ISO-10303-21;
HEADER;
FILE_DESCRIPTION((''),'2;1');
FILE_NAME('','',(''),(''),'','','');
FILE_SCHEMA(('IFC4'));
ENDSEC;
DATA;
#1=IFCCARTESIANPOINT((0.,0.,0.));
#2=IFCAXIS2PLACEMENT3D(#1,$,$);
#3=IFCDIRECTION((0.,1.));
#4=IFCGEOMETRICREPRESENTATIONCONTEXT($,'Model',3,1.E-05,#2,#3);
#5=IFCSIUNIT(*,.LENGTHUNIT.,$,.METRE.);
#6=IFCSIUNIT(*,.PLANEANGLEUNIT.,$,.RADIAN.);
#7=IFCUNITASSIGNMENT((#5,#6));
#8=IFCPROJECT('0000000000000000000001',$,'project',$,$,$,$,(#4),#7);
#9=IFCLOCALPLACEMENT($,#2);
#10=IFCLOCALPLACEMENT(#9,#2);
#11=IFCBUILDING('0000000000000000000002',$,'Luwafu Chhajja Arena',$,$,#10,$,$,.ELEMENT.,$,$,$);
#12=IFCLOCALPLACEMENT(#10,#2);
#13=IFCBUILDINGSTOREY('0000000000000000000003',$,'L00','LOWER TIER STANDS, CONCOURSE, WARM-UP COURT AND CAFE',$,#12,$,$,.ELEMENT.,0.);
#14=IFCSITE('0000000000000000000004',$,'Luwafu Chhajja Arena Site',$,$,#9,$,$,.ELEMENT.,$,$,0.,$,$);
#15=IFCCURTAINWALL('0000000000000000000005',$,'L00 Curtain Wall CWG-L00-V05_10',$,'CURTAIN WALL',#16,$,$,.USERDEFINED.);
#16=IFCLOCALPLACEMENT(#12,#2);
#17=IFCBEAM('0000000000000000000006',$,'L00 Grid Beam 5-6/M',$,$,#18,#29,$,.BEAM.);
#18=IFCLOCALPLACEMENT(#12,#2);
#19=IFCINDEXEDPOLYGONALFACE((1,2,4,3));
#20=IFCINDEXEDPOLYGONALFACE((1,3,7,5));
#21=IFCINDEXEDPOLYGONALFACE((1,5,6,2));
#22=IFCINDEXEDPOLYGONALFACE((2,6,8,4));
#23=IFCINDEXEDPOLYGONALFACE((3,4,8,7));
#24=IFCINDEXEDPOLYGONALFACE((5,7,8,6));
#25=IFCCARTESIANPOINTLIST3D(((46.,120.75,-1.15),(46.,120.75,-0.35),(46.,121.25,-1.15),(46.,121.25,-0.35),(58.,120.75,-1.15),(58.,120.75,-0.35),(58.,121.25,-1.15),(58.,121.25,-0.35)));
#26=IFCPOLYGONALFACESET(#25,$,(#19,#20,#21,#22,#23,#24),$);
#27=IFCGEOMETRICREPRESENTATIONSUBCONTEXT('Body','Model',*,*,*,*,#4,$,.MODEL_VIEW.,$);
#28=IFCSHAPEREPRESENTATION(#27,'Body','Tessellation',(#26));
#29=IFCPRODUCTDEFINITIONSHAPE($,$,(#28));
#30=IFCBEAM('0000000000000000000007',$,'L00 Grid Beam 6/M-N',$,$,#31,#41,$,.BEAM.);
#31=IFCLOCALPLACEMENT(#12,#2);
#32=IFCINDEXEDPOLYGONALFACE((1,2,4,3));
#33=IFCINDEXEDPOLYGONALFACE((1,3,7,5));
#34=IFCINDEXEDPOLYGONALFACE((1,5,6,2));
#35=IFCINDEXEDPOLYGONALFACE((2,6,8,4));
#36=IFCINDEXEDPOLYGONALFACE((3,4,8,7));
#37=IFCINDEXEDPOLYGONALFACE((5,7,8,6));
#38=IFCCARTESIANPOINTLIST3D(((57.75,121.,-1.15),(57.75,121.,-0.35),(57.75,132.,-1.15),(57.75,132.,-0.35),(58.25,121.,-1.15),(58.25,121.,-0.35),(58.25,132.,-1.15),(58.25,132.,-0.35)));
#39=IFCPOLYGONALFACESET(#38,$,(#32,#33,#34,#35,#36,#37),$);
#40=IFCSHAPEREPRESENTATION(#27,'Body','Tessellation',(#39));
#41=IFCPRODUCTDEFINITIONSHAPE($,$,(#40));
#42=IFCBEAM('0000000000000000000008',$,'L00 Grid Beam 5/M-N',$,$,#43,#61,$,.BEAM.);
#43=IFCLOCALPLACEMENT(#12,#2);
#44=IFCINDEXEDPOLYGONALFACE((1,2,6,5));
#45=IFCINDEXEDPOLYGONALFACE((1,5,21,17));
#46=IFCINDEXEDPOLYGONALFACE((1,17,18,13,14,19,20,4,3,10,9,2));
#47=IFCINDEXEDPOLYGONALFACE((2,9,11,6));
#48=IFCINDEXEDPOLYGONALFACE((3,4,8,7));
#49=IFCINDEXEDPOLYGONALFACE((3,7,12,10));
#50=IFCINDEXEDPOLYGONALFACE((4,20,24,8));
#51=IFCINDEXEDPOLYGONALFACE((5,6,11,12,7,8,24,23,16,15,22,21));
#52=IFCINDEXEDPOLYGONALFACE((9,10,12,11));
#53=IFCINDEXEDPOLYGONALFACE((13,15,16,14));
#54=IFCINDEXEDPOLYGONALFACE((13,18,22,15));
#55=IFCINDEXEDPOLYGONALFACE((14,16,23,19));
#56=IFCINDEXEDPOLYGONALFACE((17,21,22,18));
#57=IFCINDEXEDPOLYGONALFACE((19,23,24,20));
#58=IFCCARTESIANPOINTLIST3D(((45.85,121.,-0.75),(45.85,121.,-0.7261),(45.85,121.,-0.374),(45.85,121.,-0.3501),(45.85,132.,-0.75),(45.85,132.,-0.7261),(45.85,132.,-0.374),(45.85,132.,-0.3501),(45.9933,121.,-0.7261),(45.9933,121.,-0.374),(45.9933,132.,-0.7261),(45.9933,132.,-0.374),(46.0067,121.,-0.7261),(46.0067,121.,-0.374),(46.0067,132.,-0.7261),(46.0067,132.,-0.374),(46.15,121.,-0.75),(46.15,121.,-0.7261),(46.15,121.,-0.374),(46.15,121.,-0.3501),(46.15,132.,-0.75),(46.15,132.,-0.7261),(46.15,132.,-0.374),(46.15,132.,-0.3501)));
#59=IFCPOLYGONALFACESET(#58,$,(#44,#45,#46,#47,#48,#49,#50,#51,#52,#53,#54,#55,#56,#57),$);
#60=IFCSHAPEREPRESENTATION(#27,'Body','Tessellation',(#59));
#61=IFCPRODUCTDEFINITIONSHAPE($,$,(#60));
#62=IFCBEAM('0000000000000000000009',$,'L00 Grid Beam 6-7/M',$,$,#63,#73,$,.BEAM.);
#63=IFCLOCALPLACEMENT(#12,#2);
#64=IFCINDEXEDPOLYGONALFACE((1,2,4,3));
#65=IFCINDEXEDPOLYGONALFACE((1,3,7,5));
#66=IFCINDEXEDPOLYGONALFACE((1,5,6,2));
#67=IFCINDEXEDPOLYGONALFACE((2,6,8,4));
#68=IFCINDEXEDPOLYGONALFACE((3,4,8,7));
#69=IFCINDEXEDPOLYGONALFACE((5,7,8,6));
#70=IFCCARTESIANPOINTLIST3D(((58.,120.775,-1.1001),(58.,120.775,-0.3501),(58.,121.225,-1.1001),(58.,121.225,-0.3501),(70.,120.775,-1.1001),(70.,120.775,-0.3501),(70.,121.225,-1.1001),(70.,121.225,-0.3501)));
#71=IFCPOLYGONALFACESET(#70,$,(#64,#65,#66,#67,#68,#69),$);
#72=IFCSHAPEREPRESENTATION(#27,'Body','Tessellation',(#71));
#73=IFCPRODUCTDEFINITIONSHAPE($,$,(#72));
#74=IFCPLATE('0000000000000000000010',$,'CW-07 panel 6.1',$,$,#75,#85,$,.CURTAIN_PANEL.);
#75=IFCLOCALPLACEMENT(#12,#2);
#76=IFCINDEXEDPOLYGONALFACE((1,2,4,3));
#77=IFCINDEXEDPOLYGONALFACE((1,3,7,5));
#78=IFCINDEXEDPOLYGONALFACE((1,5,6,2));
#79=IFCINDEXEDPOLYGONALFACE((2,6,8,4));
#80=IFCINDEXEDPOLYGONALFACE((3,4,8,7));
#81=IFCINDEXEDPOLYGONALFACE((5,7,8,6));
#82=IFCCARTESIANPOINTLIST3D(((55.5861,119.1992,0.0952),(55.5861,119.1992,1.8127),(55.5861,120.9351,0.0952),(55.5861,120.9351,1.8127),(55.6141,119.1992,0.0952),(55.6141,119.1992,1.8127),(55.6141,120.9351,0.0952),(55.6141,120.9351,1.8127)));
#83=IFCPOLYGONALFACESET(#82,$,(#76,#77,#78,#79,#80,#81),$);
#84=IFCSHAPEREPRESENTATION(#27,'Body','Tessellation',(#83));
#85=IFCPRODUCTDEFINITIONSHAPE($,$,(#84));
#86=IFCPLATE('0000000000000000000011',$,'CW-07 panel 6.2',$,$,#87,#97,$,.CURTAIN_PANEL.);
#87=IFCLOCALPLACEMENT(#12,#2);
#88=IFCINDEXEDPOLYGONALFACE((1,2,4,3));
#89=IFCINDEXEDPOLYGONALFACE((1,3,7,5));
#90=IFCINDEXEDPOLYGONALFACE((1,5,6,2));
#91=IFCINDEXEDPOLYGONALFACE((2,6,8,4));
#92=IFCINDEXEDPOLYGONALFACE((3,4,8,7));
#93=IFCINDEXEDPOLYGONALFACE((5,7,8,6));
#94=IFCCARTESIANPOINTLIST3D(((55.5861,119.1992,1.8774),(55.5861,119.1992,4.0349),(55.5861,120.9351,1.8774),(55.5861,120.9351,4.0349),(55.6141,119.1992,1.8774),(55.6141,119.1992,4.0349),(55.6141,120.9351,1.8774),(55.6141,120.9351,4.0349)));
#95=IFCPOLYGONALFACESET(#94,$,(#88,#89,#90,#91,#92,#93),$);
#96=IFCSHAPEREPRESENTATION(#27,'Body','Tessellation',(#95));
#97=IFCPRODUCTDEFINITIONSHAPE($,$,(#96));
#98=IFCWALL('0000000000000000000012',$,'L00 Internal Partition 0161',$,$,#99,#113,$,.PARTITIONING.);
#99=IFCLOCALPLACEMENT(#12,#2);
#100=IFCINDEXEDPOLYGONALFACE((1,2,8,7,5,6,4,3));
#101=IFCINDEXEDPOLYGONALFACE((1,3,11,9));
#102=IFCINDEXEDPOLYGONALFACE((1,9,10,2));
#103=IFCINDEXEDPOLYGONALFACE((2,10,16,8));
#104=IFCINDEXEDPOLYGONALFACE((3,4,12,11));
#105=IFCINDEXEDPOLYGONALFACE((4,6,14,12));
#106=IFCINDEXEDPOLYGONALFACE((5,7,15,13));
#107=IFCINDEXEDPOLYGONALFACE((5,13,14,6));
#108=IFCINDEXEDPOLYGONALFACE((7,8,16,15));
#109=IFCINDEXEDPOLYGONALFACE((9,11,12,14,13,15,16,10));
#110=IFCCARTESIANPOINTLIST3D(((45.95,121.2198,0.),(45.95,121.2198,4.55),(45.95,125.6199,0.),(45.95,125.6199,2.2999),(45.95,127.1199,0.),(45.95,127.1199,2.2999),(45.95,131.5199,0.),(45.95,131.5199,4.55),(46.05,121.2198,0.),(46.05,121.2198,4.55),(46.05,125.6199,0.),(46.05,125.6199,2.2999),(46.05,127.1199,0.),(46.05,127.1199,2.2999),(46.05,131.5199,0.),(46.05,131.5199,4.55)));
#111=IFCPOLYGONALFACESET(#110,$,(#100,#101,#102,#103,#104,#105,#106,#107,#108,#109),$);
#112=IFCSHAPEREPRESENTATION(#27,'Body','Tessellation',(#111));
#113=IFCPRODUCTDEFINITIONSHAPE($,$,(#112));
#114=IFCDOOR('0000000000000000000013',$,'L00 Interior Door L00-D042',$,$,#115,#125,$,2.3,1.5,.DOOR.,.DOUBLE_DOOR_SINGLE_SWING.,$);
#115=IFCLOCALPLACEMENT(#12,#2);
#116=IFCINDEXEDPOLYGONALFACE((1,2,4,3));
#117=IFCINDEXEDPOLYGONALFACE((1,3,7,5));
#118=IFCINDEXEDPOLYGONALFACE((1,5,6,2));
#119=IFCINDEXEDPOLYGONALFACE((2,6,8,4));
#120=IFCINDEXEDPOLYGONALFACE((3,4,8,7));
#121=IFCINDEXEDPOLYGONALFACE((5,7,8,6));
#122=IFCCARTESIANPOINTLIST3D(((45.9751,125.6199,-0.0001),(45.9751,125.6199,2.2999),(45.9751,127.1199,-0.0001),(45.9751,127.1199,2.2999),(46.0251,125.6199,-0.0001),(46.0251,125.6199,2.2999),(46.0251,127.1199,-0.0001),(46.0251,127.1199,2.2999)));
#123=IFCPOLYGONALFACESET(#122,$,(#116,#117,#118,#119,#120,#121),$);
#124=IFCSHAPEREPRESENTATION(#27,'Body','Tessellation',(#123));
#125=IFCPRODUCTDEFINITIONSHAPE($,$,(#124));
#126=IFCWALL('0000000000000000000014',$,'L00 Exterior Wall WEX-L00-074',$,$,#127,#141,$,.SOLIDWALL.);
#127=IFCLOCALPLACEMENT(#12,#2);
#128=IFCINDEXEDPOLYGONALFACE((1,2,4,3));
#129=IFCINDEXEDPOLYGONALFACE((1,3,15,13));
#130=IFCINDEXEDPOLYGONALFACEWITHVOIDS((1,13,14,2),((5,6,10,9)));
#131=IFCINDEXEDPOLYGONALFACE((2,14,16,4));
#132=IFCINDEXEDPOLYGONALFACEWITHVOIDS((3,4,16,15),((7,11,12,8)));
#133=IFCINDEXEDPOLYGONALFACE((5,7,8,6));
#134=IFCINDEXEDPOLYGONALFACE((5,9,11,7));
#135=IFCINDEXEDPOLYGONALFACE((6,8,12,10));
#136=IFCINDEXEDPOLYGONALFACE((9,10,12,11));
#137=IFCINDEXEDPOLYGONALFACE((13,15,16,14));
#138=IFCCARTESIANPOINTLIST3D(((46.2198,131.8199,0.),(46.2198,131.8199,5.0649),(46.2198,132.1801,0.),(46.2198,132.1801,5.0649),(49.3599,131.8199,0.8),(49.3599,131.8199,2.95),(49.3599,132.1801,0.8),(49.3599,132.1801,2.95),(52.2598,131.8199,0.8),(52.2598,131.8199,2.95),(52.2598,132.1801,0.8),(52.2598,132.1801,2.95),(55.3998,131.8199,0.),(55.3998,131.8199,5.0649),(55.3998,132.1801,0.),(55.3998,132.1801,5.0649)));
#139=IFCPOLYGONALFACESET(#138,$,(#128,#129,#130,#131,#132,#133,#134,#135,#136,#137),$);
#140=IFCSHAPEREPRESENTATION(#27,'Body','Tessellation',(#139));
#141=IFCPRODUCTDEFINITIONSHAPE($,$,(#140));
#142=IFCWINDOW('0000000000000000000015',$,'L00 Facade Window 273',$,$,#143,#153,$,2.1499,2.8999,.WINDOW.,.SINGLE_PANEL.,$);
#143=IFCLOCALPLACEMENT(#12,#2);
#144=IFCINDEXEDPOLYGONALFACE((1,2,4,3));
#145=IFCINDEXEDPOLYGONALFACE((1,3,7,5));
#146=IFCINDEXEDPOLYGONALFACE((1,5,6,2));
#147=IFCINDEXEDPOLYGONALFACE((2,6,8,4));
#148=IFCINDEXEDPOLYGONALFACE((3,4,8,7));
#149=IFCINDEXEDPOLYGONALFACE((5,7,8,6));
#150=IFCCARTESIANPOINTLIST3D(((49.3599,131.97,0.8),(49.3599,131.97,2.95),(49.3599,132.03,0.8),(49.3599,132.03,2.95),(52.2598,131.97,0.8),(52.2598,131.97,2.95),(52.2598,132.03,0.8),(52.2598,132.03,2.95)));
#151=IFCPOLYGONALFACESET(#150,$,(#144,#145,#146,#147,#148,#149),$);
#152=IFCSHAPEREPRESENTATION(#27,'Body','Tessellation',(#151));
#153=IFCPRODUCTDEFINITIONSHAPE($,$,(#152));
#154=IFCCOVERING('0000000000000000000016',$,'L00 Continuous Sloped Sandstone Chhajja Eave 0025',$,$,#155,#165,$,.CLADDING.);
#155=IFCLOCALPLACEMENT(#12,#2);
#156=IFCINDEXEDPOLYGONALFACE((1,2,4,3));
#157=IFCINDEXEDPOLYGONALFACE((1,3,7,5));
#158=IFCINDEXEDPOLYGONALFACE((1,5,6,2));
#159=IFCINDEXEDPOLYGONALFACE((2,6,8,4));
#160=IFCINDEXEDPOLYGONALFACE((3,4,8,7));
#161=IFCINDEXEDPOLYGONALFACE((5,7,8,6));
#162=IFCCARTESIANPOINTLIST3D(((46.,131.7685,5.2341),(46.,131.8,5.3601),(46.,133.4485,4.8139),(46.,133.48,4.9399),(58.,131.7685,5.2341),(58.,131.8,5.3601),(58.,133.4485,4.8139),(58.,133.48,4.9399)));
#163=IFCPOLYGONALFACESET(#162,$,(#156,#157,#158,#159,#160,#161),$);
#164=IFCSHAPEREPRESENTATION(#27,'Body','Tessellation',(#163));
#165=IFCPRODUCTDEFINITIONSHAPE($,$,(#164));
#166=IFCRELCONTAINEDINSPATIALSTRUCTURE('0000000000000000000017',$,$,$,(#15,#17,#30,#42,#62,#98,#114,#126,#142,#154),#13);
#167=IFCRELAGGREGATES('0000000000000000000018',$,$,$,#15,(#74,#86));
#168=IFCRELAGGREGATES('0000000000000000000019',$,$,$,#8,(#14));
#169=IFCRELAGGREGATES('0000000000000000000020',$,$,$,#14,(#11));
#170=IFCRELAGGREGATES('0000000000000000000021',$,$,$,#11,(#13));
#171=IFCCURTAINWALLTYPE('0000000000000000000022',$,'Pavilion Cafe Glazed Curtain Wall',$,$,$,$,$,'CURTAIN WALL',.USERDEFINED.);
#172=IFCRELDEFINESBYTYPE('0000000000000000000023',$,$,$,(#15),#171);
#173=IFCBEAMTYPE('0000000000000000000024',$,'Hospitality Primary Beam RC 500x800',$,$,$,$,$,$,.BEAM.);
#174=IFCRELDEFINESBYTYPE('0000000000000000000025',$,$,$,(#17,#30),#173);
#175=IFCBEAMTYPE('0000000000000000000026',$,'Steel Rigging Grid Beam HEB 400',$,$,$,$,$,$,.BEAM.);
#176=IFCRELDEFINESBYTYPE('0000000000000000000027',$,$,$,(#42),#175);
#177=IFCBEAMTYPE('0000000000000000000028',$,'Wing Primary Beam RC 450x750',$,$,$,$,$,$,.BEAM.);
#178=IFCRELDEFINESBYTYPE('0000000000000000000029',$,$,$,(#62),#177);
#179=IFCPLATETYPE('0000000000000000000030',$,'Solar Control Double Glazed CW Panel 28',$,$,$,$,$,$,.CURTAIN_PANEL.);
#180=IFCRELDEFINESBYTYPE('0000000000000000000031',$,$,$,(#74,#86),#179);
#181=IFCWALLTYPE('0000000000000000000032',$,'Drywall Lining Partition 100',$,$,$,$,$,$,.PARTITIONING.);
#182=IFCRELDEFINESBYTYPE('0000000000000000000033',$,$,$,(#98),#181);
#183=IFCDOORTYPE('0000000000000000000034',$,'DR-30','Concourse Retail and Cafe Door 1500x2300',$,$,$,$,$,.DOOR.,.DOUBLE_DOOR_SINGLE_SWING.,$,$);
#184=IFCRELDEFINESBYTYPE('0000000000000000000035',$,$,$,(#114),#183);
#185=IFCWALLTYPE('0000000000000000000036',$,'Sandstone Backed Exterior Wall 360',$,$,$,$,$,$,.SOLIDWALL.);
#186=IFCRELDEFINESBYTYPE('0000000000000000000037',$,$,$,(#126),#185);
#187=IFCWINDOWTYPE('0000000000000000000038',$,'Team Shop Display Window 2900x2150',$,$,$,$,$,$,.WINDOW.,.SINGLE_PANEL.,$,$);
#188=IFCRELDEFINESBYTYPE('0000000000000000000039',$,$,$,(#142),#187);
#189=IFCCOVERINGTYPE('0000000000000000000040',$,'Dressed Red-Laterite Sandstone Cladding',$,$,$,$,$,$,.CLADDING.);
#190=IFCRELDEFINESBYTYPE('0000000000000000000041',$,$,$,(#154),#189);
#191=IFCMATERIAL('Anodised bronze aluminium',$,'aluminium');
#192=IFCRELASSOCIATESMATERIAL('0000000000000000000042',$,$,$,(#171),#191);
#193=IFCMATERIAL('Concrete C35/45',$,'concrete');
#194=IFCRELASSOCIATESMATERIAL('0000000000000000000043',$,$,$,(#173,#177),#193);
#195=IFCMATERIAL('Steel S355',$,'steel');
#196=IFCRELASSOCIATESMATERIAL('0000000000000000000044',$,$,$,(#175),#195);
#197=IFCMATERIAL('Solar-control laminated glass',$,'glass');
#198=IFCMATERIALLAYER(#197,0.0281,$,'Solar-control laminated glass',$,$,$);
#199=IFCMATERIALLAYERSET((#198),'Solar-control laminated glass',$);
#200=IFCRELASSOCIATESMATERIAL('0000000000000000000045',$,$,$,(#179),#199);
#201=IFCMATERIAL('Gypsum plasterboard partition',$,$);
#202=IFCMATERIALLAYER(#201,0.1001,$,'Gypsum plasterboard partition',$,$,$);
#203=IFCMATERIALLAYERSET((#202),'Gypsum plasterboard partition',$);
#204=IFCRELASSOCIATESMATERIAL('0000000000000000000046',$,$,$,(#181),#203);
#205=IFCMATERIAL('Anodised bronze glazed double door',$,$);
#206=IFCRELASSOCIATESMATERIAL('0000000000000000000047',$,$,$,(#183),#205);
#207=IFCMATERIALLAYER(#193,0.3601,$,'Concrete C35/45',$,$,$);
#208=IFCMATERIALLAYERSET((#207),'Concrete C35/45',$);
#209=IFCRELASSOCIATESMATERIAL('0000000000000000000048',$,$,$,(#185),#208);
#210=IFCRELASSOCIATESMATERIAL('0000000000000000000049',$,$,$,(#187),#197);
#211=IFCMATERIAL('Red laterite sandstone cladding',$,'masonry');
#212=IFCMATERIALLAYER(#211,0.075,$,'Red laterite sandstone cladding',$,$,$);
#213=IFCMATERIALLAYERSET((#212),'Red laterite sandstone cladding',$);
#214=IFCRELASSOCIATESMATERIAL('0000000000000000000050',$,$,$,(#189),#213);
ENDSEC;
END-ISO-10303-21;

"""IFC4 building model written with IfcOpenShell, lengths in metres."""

from ifc_helpers import new_model, si_unit, direction, frame, frame_2d, origin, origin_2d, place, context, subcontext, project, spatial, polyline, rectangle, i_section, outline, extrude, material, layer, layer_set, material_profile, profile_set, type_object, element, fill, aggregate, save


model = new_model("IFC4")

# Units and contexts
model_context = context("Model", 3, precision=1e-05, world=origin(), true_north=direction((0.0, 1.0)))
body_context = subcontext(model_context, "Body", "Model", "MODEL_VIEW")
ifc_project = project(units=[si_unit("LENGTHUNIT", "METRE"), si_unit("PLANEANGLEUNIT", "RADIAN")], contexts=[model_context])

# Site, building, storey
site_placement = place(None, origin())
site = spatial("IfcSite", under=ifc_project, at=site_placement, Name="Luwafu Chhajja Arena Site", CompositionType="ELEMENT", RefElevation=0.0)
building_placement = place(site_placement, origin())
building = spatial("IfcBuilding", under=site, at=building_placement, Name="Luwafu Chhajja Arena", CompositionType="ELEMENT")
storey_placement = place(building_placement, origin())
storey = spatial("IfcBuildingStorey", under=building, at=storey_placement, Name="L00", Description="LOWER TIER STANDS, CONCOURSE, WARM-UP COURT AND CAFE", CompositionType="ELEMENT", Elevation=0.0)

# Curtain wall
ifc_material_1 = material(Name="Anodised bronze aluminium", Category="aluminium")
curtain_wall_type = type_object("IfcCurtainWallType", Name="Pavilion Cafe Glazed Curtain Wall", ElementType="CURTAIN WALL", PredefinedType="USERDEFINED", material=ifc_material_1)
curtain_wall_placement = place(storey_placement, origin())
curtain_wall = element("IfcCurtainWall", 1, at=curtain_wall_placement, inside=storey, type_object=curtain_wall_type, Name="L00 Curtain Wall CWG-L00-V05_10", ObjectType="CURTAIN WALL", PredefinedType="USERDEFINED")

# Beams
ifc_material_2 = material(Name="Steel S355", Category="steel")
ifc_material_3 = material(Name="Concrete C35/45", Category="concrete")
ifc_material_profile_1 = material_profile(ifc_material_3, rectangle(XDim=0.5, YDim=0.8, at=origin_2d()), Name="RC 500x800")
ifc_profile_set_1 = profile_set([ifc_material_profile_1], Name="Concrete C35/45")
beam_type_1 = type_object("IfcBeamType", Name="Hospitality Primary Beam RC 500x800", PredefinedType="BEAM", material=ifc_profile_set_1)
beam_1_placement = place(storey_placement, frame((46.0, 121.0, -0.75), z_axis=(1.0, 0.0, 0.0), x_axis=(0.0, 1.0, 0.0)))
element("IfcBeam", 2, at=beam_1_placement, inside=storey, type_object=beam_type_1, Name="L00 Grid Beam 5-6/M", PredefinedType="BEAM", context=body_context, shape_type="SweptSolid", body=[
    extrude(rectangle(XDim=0.5, YDim=0.8, at=origin_2d()), origin(), (0.0, 0.0, 1.0), 12.0),
])
beam_2_placement = place(storey_placement, frame((58.0, 121.0, -0.75), z_axis=(0.0, 1.0, 0.0), x_axis=(-1.0, 0.0, 0.0)))
element("IfcBeam", 3, at=beam_2_placement, inside=storey, type_object=beam_type_1, Name="L00 Grid Beam 6/M-N", PredefinedType="BEAM", context=body_context, shape_type="SweptSolid", body=[
    extrude(rectangle(XDim=0.5, YDim=0.8, at=origin_2d()), origin(), (0.0, 0.0, 1.0), 11.0),
])
ifc_material_profile_2 = material_profile(ifc_material_2, i_section(OverallWidth=0.3, OverallDepth=0.3999, WebThickness=0.0134, FlangeThickness=0.0239, at=origin_2d()), Name="HEB 400")
ifc_profile_set_2 = profile_set([ifc_material_profile_2], Name="Steel S355")
beam_type_2 = type_object("IfcBeamType", Name="Steel Rigging Grid Beam HEB 400", PredefinedType="BEAM", material=ifc_profile_set_2)
beam_3_placement = place(storey_placement, frame((46.0, 121.0, -0.55), z_axis=(0.0, 1.0, 0.0), x_axis=(-1.0, 0.0, 0.0)))
element("IfcBeam", 4, at=beam_3_placement, inside=storey, type_object=beam_type_2, Name="L00 Grid Beam 5/M-N", PredefinedType="BEAM", context=body_context, shape_type="SweptSolid", body=[
    extrude(i_section(OverallWidth=0.3, OverallDepth=0.3999, WebThickness=0.0134, FlangeThickness=0.0239, at=origin_2d()), origin(), (0.0, 0.0, 1.0), 11.0),
])
ifc_material_profile_3 = material_profile(ifc_material_3, rectangle(XDim=0.45, YDim=0.75, at=origin_2d()), Name="RC 450x750")
ifc_profile_set_3 = profile_set([ifc_material_profile_3], Name="Concrete C35/45")
beam_type_3 = type_object("IfcBeamType", Name="Wing Primary Beam RC 450x750", PredefinedType="BEAM", material=ifc_profile_set_3)
beam_4_placement = place(storey_placement, frame((58.0, 121.0, -0.7251), z_axis=(1.0, 0.0, 0.0), x_axis=(0.0, 1.0, 0.0)))
element("IfcBeam", 5, at=beam_4_placement, inside=storey, type_object=beam_type_3, Name="L00 Grid Beam 6-7/M", PredefinedType="BEAM", context=body_context, shape_type="SweptSolid", body=[
    extrude(rectangle(XDim=0.45, YDim=0.75, at=origin_2d()), origin(), (0.0, 0.0, 1.0), 12.0),
])

# Plates
ifc_material_4 = material(Name="Solar-control laminated glass", Category="glass")
ifc_layer_1 = layer(ifc_material_4, 0.0281, Name="Solar-control laminated glass")
ifc_layer_set_1 = layer_set([ifc_layer_1], Name="Solar-control laminated glass")
plate_type = type_object("IfcPlateType", Name="Solar Control Double Glazed CW Panel 28", PredefinedType="CURTAIN_PANEL", material=ifc_layer_set_1)
plate_1_placement = place(storey_placement, frame((55.6001, 120.0671, 0.0952), z_axis=(0.0, 0.0, 1.0), x_axis=(0.0, 1.0, 0.0)))
plate_1 = element("IfcPlate", 6, at=plate_1_placement, type_object=plate_type, Name="CW-07 panel 6.1", PredefinedType="CURTAIN_PANEL", context=body_context, shape_type="SweptSolid", body=[
    extrude(rectangle(XDim=1.7358, YDim=0.0281, at=origin_2d()), origin(), (0.0, 0.0, 1.0), 1.7175),
])
plate_2_placement = place(storey_placement, frame((55.6001, 120.0671, 1.8774), z_axis=(0.0, 0.0, 1.0), x_axis=(0.0, 1.0, 0.0)))
plate_2 = element("IfcPlate", 7, at=plate_2_placement, type_object=plate_type, Name="CW-07 panel 6.2", PredefinedType="CURTAIN_PANEL", context=body_context, shape_type="SweptSolid", body=[
    extrude(rectangle(XDim=1.7358, YDim=0.0281, at=origin_2d()), origin(), (0.0, 0.0, 1.0), 2.1575),
])
aggregate(curtain_wall, [plate_1, plate_2])

# Wall, opening, door
ifc_material_5 = material(Name="Gypsum plasterboard partition")
ifc_layer_2 = layer(ifc_material_5, 0.1001, Name="Gypsum plasterboard partition")
ifc_layer_set_2 = layer_set([ifc_layer_2], Name="Gypsum plasterboard partition")
wall_type_1 = type_object("IfcWallType", Name="Drywall Lining Partition 100", PredefinedType="PARTITIONING", material=ifc_layer_set_2)
wall_1_placement = place(storey_placement, frame((46.0, 121.22, 0.0), z_axis=(0.0, 0.0, 1.0), x_axis=(0.0, 1.0, 0.0)))
wall_1 = element("IfcWall", 8, at=wall_1_placement, inside=storey, type_object=wall_type_1, Name="L00 Internal Partition 0161", PredefinedType="PARTITIONING", context=body_context, shape_type="SweptSolid", body=[
    extrude(rectangle(XDim=10.3, YDim=0.1001, at=frame_2d((5.1499, 0.0))), origin(), (0.0, 0.0, 1.0), 4.55),
])
opening_1_placement = place(wall_1_placement, frame((4.3999, 0.0, 0.0)))
opening_1 = element("IfcOpeningElement", 9, at=opening_1_placement, cuts=wall_1, PredefinedType="OPENING", context=body_context, shape_type="SweptSolid", body=[
    extrude(rectangle(XDim=1.5, YDim=2.3, at=frame_2d((0.75, 1.1499))), frame((0.0, 0.0601, 0.0), z_axis=(0.0, -1.0, 0.0), x_axis=(1.0, 0.0, 0.0)), (0.0, 0.0, 1.0), 0.1201),
])
ifc_material_6 = material(Name="Anodised bronze glazed double door")
door_type_1 = type_object("IfcDoorType", Name="DR-30", Description="Concourse Retail and Cafe Door 1500x2300", OperationType="DOUBLE_DOOR_SINGLE_SWING", PredefinedType="DOOR", material=ifc_material_6)
door_1_placement = place(opening_1_placement, origin())
door_1 = element("IfcDoor", 10, at=door_1_placement, inside=storey, type_object=door_type_1, Name="L00 Interior Door L00-D042", OperationType="DOUBLE_DOOR_SINGLE_SWING", OverallHeight=2.3, OverallWidth=1.5, PredefinedType="DOOR", context=body_context, shape_type="SweptSolid", body=[
    extrude(rectangle(XDim=1.5, YDim=2.3, at=frame_2d((0.75, 1.1499))), frame((0.0, 0.0249, 0.0), z_axis=(0.0, -1.0, 0.0), x_axis=(1.0, 0.0, 0.0)), (0.0, 0.0, 1.0), 0.05),
])
fill(opening_1, door_1)

# Wall, opening, window
ifc_layer_3 = layer(ifc_material_3, 0.3601, Name="Concrete C35/45")
ifc_layer_set_3 = layer_set([ifc_layer_3], Name="Concrete C35/45")
wall_type_2 = type_object("IfcWallType", Name="Sandstone Backed Exterior Wall 360", PredefinedType="SOLIDWALL", material=ifc_layer_set_3)
wall_2_placement = place(storey_placement, frame((46.22, 132.0, 0.0), z_axis=(0.0, 0.0, 1.0), x_axis=(1.0, 0.0, 0.0)))
wall_2 = element("IfcWall", 11, at=wall_2_placement, inside=storey, type_object=wall_type_2, Name="L00 Exterior Wall WEX-L00-074", PredefinedType="SOLIDWALL", context=body_context, shape_type="SweptSolid", body=[
    extrude(rectangle(XDim=9.1799, YDim=0.3601, at=frame_2d((4.5898, 0.0))), origin(), (0.0, 0.0, 1.0), 5.0649),
])
opening_2_placement = place(wall_2_placement, frame((3.1399, 0.0, 0.8)))
opening_2 = element("IfcOpeningElement", 12, at=opening_2_placement, cuts=wall_2, PredefinedType="OPENING", context=body_context, shape_type="SweptSolid", body=[
    extrude(rectangle(XDim=2.8999, YDim=2.1499, at=frame_2d((1.45, 1.075))), frame((0.0, 0.1899, 0.0), z_axis=(0.0, -1.0, 0.0), x_axis=(1.0, 0.0, 0.0)), (0.0, 0.0, 1.0), 0.3801),
])
window_type_1 = type_object("IfcWindowType", Name="Team Shop Display Window 2900x2150", PartitioningType="SINGLE_PANEL", PredefinedType="WINDOW", material=ifc_material_4)
window_1_placement = place(opening_2_placement, origin())
window_1 = element("IfcWindow", 13, at=window_1_placement, inside=storey, type_object=window_type_1, Name="L00 Facade Window 273", OverallHeight=2.1499, OverallWidth=2.8999, PartitioningType="SINGLE_PANEL", PredefinedType="WINDOW", context=body_context, shape_type="SweptSolid", body=[
    extrude(rectangle(XDim=2.8999, YDim=2.1499, at=frame_2d((1.45, 1.075))), frame((0.0, 0.03, 0.0), z_axis=(0.0, -1.0, 0.0), x_axis=(1.0, 0.0, 0.0)), (0.0, 0.0, 1.0), 0.0601),
])
fill(opening_2, window_1)

# Covering
ifc_material_7 = material(Name="Red laterite sandstone cladding", Category="masonry")
ifc_layer_4 = layer(ifc_material_7, 0.075, Name="Red laterite sandstone cladding")
ifc_layer_set_4 = layer_set([ifc_layer_4], Name="Red laterite sandstone cladding")
covering_type = type_object("IfcCoveringType", Name="Dressed Red-Laterite Sandstone Cladding", PredefinedType="CLADDING", material=ifc_layer_set_4)
covering_1_placement = place(storey_placement, frame((46.0, 131.8, 5.3601), z_axis=(0.0, 0.242635, 0.970118), x_axis=(1.0, 0.0, 0.0)))
element("IfcCovering", 14, at=covering_1_placement, inside=storey, type_object=covering_type, Name="L00 Continuous Sloped Sandstone Chhajja Eave 0025", PredefinedType="CLADDING", context=body_context, shape_type="SweptSolid", body=[
    extrude(outline(polyline([(0.0, 0.0), (12.0, 0.0), (12.0, 1.7317), (0.0, 1.7317), (0.0, 0.0)])), origin(), (0.0, 0.0, -1.0), 0.1299),
])

save(model, "model.ifc")
